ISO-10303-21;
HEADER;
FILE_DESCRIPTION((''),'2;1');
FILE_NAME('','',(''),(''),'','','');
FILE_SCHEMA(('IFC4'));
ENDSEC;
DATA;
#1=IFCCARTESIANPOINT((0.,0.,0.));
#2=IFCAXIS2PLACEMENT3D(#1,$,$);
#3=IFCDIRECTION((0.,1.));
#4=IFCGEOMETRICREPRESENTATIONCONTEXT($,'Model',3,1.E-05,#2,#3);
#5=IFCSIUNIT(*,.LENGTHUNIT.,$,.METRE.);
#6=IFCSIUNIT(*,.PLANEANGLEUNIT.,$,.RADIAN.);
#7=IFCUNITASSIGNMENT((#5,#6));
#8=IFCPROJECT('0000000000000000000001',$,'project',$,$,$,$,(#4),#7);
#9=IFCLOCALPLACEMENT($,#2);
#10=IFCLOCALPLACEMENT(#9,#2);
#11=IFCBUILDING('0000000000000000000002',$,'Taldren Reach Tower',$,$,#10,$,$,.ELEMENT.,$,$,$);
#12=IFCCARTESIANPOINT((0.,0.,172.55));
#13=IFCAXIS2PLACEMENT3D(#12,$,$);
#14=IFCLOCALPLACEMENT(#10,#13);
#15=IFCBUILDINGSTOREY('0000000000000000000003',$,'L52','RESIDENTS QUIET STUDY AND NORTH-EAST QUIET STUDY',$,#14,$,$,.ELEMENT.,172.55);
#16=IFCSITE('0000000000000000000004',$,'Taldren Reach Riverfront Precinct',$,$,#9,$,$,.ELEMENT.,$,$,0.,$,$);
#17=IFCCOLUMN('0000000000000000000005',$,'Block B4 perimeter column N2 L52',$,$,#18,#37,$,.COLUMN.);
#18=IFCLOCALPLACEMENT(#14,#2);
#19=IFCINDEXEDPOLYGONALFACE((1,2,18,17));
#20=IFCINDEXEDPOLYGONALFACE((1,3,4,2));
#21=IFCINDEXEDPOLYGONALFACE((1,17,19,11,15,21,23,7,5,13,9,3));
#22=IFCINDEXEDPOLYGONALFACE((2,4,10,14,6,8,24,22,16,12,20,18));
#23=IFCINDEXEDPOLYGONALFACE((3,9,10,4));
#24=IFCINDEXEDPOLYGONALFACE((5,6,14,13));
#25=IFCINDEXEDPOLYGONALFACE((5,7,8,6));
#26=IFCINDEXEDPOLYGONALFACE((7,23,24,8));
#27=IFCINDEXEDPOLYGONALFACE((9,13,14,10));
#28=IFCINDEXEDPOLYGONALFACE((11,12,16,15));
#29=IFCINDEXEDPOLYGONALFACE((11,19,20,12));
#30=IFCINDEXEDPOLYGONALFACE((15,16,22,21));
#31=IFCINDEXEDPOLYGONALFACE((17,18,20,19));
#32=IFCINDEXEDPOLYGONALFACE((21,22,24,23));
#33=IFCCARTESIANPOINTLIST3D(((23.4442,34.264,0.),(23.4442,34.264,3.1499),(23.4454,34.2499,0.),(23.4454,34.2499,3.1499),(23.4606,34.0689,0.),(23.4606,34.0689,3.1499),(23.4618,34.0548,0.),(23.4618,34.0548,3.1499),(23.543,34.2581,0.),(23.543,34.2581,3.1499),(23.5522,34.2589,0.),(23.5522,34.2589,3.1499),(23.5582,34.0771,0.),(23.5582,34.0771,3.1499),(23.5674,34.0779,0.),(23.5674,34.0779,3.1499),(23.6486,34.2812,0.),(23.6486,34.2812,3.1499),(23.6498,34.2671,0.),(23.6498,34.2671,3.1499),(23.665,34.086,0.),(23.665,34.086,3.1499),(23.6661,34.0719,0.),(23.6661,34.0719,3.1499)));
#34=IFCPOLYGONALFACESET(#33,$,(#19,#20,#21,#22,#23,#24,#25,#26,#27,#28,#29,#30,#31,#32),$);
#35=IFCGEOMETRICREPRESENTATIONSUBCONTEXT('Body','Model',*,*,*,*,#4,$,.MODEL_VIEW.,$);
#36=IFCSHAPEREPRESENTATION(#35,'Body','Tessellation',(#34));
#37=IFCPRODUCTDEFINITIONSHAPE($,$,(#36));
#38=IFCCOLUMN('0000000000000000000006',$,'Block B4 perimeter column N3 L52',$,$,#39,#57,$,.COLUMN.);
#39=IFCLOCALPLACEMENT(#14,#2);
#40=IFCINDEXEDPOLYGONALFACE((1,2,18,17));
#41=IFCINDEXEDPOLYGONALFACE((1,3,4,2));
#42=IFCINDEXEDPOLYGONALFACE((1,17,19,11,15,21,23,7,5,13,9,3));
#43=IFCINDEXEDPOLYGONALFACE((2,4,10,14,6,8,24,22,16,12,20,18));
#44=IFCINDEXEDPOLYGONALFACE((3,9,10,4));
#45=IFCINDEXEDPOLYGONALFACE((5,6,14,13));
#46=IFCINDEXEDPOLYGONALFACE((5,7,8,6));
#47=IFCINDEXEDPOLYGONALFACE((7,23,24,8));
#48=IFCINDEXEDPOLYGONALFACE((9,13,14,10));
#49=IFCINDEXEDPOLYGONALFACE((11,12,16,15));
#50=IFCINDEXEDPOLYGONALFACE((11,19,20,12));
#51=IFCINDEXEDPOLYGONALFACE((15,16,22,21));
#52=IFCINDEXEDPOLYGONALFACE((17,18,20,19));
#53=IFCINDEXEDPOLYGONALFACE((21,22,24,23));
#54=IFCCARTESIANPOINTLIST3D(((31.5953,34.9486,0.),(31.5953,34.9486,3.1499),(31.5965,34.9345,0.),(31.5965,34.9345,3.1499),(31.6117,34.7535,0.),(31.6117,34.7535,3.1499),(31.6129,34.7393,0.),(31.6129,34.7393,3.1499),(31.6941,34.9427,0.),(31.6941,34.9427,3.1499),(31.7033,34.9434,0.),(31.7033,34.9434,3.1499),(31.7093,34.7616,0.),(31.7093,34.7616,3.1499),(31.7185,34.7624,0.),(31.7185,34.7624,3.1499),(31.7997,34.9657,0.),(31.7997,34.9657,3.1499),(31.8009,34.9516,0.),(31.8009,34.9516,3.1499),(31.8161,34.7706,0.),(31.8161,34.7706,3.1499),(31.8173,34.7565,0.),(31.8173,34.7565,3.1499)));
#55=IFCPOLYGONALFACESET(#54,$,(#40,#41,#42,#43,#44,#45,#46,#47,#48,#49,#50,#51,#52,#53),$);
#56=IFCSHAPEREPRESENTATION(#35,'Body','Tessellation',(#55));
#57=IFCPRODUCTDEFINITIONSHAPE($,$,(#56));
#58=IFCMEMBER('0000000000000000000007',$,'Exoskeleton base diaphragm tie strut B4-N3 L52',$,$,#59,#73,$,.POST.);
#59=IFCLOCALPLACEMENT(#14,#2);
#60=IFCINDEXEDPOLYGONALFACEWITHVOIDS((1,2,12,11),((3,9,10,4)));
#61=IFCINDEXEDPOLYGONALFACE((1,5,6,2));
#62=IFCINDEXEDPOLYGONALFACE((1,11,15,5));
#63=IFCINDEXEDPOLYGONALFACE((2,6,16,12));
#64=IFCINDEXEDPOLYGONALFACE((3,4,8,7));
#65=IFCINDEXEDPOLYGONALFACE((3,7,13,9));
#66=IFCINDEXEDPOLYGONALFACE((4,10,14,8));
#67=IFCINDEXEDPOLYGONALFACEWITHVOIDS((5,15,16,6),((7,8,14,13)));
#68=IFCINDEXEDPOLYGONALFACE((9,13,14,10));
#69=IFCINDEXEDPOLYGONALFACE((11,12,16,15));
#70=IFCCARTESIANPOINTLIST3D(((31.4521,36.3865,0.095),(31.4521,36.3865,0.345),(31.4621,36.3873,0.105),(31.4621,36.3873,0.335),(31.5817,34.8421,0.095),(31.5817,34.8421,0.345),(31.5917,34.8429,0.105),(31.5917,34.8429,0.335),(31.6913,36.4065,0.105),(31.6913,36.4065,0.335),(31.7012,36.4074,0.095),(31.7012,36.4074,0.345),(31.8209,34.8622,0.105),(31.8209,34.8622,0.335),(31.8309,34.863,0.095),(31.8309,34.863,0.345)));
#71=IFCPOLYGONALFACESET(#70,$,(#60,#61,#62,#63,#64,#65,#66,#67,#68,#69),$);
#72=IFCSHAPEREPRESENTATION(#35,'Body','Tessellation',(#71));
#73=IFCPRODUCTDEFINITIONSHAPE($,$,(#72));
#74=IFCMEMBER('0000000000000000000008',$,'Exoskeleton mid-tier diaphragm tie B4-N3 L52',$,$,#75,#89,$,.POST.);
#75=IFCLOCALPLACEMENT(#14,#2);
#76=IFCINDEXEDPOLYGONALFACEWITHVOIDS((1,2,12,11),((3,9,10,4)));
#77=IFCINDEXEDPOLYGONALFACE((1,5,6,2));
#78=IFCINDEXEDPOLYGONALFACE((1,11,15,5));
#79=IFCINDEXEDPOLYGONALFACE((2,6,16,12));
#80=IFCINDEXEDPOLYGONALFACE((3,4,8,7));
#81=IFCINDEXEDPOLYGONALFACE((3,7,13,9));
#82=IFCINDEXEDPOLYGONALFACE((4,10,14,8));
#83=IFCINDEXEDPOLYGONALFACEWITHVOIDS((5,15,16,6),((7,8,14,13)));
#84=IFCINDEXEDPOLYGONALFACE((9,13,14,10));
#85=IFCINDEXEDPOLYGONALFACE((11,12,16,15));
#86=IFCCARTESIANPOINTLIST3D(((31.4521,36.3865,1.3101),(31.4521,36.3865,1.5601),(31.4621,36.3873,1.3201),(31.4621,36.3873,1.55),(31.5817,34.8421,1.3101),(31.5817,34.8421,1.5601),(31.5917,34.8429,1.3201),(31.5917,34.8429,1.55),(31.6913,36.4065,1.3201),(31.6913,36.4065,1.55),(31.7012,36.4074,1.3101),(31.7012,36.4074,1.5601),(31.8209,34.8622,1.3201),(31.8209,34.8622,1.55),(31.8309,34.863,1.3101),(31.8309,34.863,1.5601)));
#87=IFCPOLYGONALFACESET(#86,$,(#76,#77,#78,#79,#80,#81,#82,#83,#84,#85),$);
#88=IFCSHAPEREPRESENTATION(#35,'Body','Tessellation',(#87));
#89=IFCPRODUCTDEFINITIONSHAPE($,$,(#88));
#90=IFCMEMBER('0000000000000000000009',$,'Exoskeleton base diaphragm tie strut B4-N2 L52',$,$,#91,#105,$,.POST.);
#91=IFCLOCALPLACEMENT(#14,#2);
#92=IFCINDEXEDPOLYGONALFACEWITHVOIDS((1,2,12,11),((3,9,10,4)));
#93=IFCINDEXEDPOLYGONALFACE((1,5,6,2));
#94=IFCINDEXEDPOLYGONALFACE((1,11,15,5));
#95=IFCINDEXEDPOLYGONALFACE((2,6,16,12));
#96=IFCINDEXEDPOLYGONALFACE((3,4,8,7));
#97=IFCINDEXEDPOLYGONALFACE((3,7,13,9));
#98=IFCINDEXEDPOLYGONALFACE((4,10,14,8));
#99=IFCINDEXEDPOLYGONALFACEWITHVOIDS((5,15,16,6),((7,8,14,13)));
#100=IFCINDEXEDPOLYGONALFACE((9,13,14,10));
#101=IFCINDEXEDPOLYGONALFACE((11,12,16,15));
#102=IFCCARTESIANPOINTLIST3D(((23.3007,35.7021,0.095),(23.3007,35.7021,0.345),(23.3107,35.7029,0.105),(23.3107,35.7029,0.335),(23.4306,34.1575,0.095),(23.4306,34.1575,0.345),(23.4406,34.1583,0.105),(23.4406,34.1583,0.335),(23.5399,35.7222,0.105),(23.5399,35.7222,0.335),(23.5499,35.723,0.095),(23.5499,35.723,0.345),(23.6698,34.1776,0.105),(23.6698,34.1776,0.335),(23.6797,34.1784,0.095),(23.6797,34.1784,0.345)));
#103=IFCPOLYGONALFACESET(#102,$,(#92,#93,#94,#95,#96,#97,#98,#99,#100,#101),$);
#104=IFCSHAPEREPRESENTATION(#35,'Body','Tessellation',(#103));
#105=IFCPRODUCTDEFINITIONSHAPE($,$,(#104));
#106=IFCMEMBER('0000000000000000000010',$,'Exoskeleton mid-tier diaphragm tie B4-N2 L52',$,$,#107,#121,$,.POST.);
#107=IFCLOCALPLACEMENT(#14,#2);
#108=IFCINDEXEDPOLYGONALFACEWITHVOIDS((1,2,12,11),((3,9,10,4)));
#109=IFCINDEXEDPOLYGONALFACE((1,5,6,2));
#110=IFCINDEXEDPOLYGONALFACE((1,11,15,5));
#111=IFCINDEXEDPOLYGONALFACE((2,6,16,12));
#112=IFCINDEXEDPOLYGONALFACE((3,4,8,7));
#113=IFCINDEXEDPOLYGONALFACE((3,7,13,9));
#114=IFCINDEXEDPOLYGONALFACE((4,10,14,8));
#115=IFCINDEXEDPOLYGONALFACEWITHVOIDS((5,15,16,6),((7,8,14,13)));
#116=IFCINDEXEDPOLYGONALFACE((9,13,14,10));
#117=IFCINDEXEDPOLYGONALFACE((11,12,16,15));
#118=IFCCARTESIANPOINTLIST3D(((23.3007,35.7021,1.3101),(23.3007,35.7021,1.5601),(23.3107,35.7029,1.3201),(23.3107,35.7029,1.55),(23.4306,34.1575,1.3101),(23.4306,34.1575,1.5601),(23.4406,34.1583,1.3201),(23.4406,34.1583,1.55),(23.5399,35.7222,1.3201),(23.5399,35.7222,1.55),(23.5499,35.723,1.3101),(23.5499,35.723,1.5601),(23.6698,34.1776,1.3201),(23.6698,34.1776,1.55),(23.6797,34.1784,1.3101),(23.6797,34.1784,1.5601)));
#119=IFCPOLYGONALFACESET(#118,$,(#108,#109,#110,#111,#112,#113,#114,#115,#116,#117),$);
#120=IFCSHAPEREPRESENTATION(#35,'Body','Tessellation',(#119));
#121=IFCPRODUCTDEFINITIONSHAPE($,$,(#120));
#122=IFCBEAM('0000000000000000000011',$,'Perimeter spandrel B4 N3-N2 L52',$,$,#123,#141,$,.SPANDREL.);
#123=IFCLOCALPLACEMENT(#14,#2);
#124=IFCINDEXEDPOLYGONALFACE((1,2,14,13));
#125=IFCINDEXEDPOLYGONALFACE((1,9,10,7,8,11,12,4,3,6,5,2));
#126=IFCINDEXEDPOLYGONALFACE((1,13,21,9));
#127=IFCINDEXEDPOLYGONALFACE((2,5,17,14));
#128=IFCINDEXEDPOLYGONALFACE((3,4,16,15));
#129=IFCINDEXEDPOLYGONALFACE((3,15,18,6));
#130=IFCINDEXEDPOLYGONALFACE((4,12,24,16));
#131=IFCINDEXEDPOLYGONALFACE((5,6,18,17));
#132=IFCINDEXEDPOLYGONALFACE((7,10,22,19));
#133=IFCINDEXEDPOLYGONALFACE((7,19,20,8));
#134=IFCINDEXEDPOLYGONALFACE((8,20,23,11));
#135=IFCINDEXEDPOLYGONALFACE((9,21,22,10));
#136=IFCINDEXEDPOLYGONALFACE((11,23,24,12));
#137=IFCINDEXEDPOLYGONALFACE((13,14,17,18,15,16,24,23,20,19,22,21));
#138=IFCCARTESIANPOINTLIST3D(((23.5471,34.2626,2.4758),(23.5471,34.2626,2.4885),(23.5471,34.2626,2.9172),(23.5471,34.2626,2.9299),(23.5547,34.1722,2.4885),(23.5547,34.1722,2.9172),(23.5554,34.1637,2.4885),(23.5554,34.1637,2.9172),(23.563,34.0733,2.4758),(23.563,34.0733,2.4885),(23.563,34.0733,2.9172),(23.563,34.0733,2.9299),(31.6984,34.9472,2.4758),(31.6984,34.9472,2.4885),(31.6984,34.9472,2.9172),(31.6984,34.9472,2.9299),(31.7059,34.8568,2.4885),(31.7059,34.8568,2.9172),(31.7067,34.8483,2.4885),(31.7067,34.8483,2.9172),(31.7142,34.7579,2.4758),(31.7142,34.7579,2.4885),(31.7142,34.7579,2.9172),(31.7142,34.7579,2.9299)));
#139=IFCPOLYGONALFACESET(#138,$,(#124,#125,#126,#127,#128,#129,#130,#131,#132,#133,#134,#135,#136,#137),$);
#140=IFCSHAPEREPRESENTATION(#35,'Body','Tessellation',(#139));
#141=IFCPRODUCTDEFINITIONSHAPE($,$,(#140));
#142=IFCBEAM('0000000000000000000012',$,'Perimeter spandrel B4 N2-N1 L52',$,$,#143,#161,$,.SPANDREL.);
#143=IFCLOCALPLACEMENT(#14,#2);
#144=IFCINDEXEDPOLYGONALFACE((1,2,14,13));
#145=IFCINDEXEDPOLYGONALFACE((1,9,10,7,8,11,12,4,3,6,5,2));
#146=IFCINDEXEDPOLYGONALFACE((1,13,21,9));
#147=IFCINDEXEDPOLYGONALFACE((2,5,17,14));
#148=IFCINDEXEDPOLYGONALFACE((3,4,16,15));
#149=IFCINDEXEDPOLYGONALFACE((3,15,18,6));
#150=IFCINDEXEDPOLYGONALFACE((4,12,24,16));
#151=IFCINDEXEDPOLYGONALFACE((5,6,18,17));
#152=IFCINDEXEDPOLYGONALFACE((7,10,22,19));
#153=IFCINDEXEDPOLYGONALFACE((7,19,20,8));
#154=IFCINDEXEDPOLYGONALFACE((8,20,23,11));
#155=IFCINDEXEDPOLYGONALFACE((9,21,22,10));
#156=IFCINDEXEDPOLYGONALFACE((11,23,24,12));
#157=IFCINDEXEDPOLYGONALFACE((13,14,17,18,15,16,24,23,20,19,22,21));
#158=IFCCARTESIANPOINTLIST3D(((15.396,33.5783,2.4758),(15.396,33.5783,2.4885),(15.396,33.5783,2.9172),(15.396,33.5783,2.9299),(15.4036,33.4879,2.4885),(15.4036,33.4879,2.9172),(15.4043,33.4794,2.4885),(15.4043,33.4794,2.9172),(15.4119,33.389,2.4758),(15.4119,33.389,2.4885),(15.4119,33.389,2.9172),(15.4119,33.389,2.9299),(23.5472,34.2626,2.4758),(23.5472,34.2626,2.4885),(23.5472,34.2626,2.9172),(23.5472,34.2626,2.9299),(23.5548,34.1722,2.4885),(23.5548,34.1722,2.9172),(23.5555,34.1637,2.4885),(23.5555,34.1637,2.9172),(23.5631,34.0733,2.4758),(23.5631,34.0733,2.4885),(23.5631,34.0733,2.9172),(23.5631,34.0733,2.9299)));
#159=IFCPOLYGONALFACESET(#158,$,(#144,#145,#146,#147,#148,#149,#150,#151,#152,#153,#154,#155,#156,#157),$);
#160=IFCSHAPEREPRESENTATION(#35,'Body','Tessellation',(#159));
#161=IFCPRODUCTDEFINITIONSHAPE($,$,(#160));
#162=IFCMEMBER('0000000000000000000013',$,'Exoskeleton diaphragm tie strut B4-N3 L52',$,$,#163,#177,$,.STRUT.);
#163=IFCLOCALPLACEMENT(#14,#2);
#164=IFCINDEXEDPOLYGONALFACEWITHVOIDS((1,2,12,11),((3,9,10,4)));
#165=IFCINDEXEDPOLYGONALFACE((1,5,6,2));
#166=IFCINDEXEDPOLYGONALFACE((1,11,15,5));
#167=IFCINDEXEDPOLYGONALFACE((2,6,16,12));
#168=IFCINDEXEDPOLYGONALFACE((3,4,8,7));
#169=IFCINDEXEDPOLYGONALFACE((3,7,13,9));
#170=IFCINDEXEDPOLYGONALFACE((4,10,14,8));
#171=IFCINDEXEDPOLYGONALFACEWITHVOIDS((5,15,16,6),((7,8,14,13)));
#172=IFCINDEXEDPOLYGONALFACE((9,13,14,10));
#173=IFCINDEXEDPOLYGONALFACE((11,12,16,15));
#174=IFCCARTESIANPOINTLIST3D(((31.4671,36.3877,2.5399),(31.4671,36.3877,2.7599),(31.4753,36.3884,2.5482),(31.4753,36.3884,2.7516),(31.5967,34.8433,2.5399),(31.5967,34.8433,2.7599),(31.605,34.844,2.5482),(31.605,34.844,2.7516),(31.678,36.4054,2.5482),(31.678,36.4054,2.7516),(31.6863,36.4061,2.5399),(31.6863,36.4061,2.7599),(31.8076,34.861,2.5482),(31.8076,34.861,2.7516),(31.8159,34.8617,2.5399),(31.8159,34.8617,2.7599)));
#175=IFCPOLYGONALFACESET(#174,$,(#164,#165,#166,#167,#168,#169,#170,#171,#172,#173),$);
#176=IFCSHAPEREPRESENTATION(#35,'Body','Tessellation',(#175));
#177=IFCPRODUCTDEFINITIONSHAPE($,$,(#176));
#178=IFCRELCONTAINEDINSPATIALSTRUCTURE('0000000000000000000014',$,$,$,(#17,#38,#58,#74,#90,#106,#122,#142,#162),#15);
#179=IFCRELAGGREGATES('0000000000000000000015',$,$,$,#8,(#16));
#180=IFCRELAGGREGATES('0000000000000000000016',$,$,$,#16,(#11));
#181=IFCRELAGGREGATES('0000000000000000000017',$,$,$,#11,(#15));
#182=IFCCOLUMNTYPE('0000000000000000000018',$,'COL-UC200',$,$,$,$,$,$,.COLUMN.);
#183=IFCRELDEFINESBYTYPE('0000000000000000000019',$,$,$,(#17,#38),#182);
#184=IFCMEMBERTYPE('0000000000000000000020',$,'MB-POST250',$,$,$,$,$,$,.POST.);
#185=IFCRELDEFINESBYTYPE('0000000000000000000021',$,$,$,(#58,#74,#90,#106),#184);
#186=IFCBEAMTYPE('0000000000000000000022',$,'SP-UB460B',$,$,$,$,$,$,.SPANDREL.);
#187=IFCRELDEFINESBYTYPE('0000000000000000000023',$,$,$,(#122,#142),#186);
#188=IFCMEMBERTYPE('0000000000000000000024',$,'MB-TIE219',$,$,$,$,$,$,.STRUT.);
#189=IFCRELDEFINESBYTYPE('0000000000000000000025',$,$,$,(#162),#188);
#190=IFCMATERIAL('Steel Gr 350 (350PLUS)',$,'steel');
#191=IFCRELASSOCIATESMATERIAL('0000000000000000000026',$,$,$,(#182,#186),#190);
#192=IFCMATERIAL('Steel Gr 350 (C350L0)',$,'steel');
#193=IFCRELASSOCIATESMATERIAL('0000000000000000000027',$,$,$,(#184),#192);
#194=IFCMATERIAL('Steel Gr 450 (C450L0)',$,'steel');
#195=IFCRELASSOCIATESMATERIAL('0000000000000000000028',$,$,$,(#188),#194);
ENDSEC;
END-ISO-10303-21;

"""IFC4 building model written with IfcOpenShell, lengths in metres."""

from ifc_helpers import new_model, si_unit, direction, frame, origin, origin_2d, place, context, subcontext, project, spatial, hollow_rectangle, i_section, extrude, source, transform, mapped, material, material_profile, profile_set, type_object, element, save


model = new_model("IFC4")

# Units and contexts
model_context = context("Model", 3, precision=1e-05, world=origin(), true_north=direction((0.0, 1.0)))
body_context = subcontext(model_context, "Body", "Model", "MODEL_VIEW")
ifc_project = project(units=[si_unit("LENGTHUNIT", "METRE"), si_unit("PLANEANGLEUNIT", "RADIAN")], contexts=[model_context])

# Site, building, storey
site_placement = place(None, origin())
site = spatial("IfcSite", under=ifc_project, at=site_placement, Name="Taldren Reach Riverfront Precinct", CompositionType="ELEMENT", RefElevation=0.0)
building_placement = place(site_placement, origin())
building = spatial("IfcBuilding", under=site, at=building_placement, Name="Taldren Reach Tower", CompositionType="ELEMENT")
storey_placement = place(building_placement, frame((0.0, 0.0, 172.55)))
storey = spatial("IfcBuildingStorey", under=building, at=storey_placement, Name="L52", Description="RESIDENTS QUIET STUDY AND NORTH-EAST QUIET STUDY", CompositionType="ELEMENT", Elevation=172.55)

# Columns
ifc_material_1 = material(Name="Steel Gr 350 (350PLUS)", Category="steel")
ifc_material_profile_1 = material_profile(ifc_material_1, i_section(OverallWidth=0.2051, OverallDepth=0.21, WebThickness=0.0093, FlangeThickness=0.0142, at=origin_2d()), Name="200UC59.5")
ifc_profile_set_1 = profile_set([ifc_material_profile_1], Name="Steel Gr 350 (350PLUS)")
column_type = type_object("IfcColumnType", Name="COL-UC200", PredefinedType="COLUMN", material=ifc_profile_set_1)
shared_shape_1 = source(origin(), body_context, "Body", "SweptSolid", [
    extrude(i_section(OverallWidth=0.2051, OverallDepth=0.21, WebThickness=0.0093, FlangeThickness=0.0142, at=origin_2d()), origin(), (0.0, 0.0, 1.0), 3.1499),
])
for number, where, z_axis, x_axis, name in (
    (1, (23.5552, 34.168, 0.0), (0.0, 0.0, 1.0), (0.996493, 0.083678, 0.0), "Block B4 perimeter column N2 L52"),
    (2, (31.7063, 34.8525, 0.0), (0.0, 0.0, 1.0), (0.996493, 0.083678, 0.0), "Block B4 perimeter column N3 L52"),
):
    element("IfcColumn", number, at=place(storey_placement, frame(where, z_axis=z_axis, x_axis=x_axis)), inside=storey, type_object=column_type, Name=name, PredefinedType="COLUMN", context=body_context, shape_type="MappedRepresentation", body=[
        mapped(shared_shape_1, transform((0.0, 0.0, 0.0), scale=1.0)),
    ])

# Members
ifc_material_2 = material(Name="Steel Gr 350 (C350L0)", Category="steel")
ifc_material_profile_2 = material_profile(ifc_material_2, hollow_rectangle(XDim=0.25, YDim=0.25, WallThickness=0.01, at=origin_2d()), Name="250x250x10.0SHS")
ifc_profile_set_2 = profile_set([ifc_material_profile_2], Name="Steel Gr 350 (C350L0)")
member_type_1 = type_object("IfcMemberType", Name="MB-POST250", PredefinedType="POST", material=ifc_profile_set_2)
shared_shape_2 = source(origin(), body_context, "Body", "SweptSolid", [
    extrude(hollow_rectangle(XDim=0.25, YDim=0.25, WallThickness=0.01, at=origin_2d()), origin(), (0.0, 0.0, 1.0), 1.5498),
])
for number, where, z_axis, x_axis, name in (
    (3, (31.7063, 34.8525, 0.22), (-0.083645, 0.996496, 0.0), (-0.996496, -0.083645, 0.0), "Exoskeleton base diaphragm tie strut B4-N3 L52"),
    (4, (31.7063, 34.8525, 1.4351), (-0.083645, 0.996496, 0.0), (-0.996496, -0.083645, 0.0), "Exoskeleton mid-tier diaphragm tie B4-N3 L52"),
):
    element("IfcMember", number, at=place(storey_placement, frame(where, z_axis=z_axis, x_axis=x_axis)), inside=storey, type_object=member_type_1, Name=name, PredefinedType="POST", context=body_context, shape_type="MappedRepresentation", body=[
        mapped(shared_shape_2, transform((0.0, 0.0, 0.0), scale=1.0)),
    ])
shared_shape_3 = source(origin(), body_context, "Body", "SweptSolid", [
    extrude(hollow_rectangle(XDim=0.25, YDim=0.25, WallThickness=0.01, at=origin_2d()), origin(), (0.0, 0.0, 1.0), 1.55),
])
for number, where, z_axis, x_axis, name in (
    (5, (23.5552, 34.168, 0.22), (-0.083788, 0.996484, 0.0), (-0.996484, -0.083788, 0.0), "Exoskeleton base diaphragm tie strut B4-N2 L52"),
    (6, (23.5552, 34.168, 1.4351), (-0.083788, 0.996484, 0.0), (-0.996484, -0.083788, 0.0), "Exoskeleton mid-tier diaphragm tie B4-N2 L52"),
):
    element("IfcMember", number, at=place(storey_placement, frame(where, z_axis=z_axis, x_axis=x_axis)), inside=storey, type_object=member_type_1, Name=name, PredefinedType="POST", context=body_context, shape_type="MappedRepresentation", body=[
        mapped(shared_shape_3, transform((0.0, 0.0, 0.0), scale=1.0)),
    ])

# Beams
ifc_material_profile_3 = material_profile(ifc_material_1, i_section(OverallWidth=0.1899, OverallDepth=0.4541, WebThickness=0.0085, FlangeThickness=0.0127, at=origin_2d()), Name="460UB67.1")
ifc_profile_set_3 = profile_set([ifc_material_profile_3], Name="Steel Gr 350 (350PLUS)")
beam_type = type_object("IfcBeamType", Name="SP-UB460B", PredefinedType="SPANDREL", material=ifc_profile_set_3)
shared_shape_4 = source(origin(), body_context, "Body", "SweptSolid", [
    extrude(i_section(OverallWidth=0.1899, OverallDepth=0.4541, WebThickness=0.0085, FlangeThickness=0.0127, at=origin_2d()), origin(), (0.0, 0.0, 1.0), 8.1799),
])
for number, where, z_axis, x_axis, name in (
    (7, (31.7063, 34.8525, 2.7029), (-0.996492, -0.08369, 0.0), (0.08369, -0.996492, 0.0), "Perimeter spandrel B4 N3-N2 L52"),
    (8, (23.5552, 34.168, 2.7029), (-0.996495, -0.083658, 0.0), (0.083658, -0.996495, 0.0), "Perimeter spandrel B4 N2-N1 L52"),
):
    element("IfcBeam", number, at=place(storey_placement, frame(where, z_axis=z_axis, x_axis=x_axis)), inside=storey, type_object=beam_type, Name=name, PredefinedType="SPANDREL", context=body_context, shape_type="MappedRepresentation", body=[
        mapped(shared_shape_4, transform((0.0, 0.0, 0.0), scale=1.0)),
    ])

# Member
ifc_material_3 = material(Name="Steel Gr 450 (C450L0)", Category="steel")
ifc_material_profile_4 = material_profile(ifc_material_3, hollow_rectangle(XDim=0.22, YDim=0.22, WallThickness=0.0083, at=origin_2d()), Name="220x220x8.2SHS")
ifc_profile_set_4 = profile_set([ifc_material_profile_4], Name="Steel Gr 450 (C450L0)")
member_type_2 = type_object("IfcMemberType", Name="MB-TIE219", PredefinedType="STRUT", material=ifc_profile_set_4)
shared_shape_5 = source(origin(), body_context, "Body", "SweptSolid", [
    extrude(hollow_rectangle(XDim=0.22, YDim=0.22, WallThickness=0.0083, at=origin_2d()), origin(), (0.0, 0.0, 1.0), 1.5498),
])
member_1_placement = place(storey_placement, frame((31.7063, 34.8525, 2.6499), z_axis=(-0.083645, 0.996496, 0.0), x_axis=(-0.996496, -0.083645, 0.0)))
element("IfcMember", 9, at=member_1_placement, inside=storey, type_object=member_type_2, Name="Exoskeleton diaphragm tie strut B4-N3 L52", PredefinedType="STRUT", context=body_context, shape_type="MappedRepresentation", body=[
    mapped(shared_shape_5, transform((0.0, 0.0, 0.0), scale=1.0)),
])

save(model, "model.ifc")
